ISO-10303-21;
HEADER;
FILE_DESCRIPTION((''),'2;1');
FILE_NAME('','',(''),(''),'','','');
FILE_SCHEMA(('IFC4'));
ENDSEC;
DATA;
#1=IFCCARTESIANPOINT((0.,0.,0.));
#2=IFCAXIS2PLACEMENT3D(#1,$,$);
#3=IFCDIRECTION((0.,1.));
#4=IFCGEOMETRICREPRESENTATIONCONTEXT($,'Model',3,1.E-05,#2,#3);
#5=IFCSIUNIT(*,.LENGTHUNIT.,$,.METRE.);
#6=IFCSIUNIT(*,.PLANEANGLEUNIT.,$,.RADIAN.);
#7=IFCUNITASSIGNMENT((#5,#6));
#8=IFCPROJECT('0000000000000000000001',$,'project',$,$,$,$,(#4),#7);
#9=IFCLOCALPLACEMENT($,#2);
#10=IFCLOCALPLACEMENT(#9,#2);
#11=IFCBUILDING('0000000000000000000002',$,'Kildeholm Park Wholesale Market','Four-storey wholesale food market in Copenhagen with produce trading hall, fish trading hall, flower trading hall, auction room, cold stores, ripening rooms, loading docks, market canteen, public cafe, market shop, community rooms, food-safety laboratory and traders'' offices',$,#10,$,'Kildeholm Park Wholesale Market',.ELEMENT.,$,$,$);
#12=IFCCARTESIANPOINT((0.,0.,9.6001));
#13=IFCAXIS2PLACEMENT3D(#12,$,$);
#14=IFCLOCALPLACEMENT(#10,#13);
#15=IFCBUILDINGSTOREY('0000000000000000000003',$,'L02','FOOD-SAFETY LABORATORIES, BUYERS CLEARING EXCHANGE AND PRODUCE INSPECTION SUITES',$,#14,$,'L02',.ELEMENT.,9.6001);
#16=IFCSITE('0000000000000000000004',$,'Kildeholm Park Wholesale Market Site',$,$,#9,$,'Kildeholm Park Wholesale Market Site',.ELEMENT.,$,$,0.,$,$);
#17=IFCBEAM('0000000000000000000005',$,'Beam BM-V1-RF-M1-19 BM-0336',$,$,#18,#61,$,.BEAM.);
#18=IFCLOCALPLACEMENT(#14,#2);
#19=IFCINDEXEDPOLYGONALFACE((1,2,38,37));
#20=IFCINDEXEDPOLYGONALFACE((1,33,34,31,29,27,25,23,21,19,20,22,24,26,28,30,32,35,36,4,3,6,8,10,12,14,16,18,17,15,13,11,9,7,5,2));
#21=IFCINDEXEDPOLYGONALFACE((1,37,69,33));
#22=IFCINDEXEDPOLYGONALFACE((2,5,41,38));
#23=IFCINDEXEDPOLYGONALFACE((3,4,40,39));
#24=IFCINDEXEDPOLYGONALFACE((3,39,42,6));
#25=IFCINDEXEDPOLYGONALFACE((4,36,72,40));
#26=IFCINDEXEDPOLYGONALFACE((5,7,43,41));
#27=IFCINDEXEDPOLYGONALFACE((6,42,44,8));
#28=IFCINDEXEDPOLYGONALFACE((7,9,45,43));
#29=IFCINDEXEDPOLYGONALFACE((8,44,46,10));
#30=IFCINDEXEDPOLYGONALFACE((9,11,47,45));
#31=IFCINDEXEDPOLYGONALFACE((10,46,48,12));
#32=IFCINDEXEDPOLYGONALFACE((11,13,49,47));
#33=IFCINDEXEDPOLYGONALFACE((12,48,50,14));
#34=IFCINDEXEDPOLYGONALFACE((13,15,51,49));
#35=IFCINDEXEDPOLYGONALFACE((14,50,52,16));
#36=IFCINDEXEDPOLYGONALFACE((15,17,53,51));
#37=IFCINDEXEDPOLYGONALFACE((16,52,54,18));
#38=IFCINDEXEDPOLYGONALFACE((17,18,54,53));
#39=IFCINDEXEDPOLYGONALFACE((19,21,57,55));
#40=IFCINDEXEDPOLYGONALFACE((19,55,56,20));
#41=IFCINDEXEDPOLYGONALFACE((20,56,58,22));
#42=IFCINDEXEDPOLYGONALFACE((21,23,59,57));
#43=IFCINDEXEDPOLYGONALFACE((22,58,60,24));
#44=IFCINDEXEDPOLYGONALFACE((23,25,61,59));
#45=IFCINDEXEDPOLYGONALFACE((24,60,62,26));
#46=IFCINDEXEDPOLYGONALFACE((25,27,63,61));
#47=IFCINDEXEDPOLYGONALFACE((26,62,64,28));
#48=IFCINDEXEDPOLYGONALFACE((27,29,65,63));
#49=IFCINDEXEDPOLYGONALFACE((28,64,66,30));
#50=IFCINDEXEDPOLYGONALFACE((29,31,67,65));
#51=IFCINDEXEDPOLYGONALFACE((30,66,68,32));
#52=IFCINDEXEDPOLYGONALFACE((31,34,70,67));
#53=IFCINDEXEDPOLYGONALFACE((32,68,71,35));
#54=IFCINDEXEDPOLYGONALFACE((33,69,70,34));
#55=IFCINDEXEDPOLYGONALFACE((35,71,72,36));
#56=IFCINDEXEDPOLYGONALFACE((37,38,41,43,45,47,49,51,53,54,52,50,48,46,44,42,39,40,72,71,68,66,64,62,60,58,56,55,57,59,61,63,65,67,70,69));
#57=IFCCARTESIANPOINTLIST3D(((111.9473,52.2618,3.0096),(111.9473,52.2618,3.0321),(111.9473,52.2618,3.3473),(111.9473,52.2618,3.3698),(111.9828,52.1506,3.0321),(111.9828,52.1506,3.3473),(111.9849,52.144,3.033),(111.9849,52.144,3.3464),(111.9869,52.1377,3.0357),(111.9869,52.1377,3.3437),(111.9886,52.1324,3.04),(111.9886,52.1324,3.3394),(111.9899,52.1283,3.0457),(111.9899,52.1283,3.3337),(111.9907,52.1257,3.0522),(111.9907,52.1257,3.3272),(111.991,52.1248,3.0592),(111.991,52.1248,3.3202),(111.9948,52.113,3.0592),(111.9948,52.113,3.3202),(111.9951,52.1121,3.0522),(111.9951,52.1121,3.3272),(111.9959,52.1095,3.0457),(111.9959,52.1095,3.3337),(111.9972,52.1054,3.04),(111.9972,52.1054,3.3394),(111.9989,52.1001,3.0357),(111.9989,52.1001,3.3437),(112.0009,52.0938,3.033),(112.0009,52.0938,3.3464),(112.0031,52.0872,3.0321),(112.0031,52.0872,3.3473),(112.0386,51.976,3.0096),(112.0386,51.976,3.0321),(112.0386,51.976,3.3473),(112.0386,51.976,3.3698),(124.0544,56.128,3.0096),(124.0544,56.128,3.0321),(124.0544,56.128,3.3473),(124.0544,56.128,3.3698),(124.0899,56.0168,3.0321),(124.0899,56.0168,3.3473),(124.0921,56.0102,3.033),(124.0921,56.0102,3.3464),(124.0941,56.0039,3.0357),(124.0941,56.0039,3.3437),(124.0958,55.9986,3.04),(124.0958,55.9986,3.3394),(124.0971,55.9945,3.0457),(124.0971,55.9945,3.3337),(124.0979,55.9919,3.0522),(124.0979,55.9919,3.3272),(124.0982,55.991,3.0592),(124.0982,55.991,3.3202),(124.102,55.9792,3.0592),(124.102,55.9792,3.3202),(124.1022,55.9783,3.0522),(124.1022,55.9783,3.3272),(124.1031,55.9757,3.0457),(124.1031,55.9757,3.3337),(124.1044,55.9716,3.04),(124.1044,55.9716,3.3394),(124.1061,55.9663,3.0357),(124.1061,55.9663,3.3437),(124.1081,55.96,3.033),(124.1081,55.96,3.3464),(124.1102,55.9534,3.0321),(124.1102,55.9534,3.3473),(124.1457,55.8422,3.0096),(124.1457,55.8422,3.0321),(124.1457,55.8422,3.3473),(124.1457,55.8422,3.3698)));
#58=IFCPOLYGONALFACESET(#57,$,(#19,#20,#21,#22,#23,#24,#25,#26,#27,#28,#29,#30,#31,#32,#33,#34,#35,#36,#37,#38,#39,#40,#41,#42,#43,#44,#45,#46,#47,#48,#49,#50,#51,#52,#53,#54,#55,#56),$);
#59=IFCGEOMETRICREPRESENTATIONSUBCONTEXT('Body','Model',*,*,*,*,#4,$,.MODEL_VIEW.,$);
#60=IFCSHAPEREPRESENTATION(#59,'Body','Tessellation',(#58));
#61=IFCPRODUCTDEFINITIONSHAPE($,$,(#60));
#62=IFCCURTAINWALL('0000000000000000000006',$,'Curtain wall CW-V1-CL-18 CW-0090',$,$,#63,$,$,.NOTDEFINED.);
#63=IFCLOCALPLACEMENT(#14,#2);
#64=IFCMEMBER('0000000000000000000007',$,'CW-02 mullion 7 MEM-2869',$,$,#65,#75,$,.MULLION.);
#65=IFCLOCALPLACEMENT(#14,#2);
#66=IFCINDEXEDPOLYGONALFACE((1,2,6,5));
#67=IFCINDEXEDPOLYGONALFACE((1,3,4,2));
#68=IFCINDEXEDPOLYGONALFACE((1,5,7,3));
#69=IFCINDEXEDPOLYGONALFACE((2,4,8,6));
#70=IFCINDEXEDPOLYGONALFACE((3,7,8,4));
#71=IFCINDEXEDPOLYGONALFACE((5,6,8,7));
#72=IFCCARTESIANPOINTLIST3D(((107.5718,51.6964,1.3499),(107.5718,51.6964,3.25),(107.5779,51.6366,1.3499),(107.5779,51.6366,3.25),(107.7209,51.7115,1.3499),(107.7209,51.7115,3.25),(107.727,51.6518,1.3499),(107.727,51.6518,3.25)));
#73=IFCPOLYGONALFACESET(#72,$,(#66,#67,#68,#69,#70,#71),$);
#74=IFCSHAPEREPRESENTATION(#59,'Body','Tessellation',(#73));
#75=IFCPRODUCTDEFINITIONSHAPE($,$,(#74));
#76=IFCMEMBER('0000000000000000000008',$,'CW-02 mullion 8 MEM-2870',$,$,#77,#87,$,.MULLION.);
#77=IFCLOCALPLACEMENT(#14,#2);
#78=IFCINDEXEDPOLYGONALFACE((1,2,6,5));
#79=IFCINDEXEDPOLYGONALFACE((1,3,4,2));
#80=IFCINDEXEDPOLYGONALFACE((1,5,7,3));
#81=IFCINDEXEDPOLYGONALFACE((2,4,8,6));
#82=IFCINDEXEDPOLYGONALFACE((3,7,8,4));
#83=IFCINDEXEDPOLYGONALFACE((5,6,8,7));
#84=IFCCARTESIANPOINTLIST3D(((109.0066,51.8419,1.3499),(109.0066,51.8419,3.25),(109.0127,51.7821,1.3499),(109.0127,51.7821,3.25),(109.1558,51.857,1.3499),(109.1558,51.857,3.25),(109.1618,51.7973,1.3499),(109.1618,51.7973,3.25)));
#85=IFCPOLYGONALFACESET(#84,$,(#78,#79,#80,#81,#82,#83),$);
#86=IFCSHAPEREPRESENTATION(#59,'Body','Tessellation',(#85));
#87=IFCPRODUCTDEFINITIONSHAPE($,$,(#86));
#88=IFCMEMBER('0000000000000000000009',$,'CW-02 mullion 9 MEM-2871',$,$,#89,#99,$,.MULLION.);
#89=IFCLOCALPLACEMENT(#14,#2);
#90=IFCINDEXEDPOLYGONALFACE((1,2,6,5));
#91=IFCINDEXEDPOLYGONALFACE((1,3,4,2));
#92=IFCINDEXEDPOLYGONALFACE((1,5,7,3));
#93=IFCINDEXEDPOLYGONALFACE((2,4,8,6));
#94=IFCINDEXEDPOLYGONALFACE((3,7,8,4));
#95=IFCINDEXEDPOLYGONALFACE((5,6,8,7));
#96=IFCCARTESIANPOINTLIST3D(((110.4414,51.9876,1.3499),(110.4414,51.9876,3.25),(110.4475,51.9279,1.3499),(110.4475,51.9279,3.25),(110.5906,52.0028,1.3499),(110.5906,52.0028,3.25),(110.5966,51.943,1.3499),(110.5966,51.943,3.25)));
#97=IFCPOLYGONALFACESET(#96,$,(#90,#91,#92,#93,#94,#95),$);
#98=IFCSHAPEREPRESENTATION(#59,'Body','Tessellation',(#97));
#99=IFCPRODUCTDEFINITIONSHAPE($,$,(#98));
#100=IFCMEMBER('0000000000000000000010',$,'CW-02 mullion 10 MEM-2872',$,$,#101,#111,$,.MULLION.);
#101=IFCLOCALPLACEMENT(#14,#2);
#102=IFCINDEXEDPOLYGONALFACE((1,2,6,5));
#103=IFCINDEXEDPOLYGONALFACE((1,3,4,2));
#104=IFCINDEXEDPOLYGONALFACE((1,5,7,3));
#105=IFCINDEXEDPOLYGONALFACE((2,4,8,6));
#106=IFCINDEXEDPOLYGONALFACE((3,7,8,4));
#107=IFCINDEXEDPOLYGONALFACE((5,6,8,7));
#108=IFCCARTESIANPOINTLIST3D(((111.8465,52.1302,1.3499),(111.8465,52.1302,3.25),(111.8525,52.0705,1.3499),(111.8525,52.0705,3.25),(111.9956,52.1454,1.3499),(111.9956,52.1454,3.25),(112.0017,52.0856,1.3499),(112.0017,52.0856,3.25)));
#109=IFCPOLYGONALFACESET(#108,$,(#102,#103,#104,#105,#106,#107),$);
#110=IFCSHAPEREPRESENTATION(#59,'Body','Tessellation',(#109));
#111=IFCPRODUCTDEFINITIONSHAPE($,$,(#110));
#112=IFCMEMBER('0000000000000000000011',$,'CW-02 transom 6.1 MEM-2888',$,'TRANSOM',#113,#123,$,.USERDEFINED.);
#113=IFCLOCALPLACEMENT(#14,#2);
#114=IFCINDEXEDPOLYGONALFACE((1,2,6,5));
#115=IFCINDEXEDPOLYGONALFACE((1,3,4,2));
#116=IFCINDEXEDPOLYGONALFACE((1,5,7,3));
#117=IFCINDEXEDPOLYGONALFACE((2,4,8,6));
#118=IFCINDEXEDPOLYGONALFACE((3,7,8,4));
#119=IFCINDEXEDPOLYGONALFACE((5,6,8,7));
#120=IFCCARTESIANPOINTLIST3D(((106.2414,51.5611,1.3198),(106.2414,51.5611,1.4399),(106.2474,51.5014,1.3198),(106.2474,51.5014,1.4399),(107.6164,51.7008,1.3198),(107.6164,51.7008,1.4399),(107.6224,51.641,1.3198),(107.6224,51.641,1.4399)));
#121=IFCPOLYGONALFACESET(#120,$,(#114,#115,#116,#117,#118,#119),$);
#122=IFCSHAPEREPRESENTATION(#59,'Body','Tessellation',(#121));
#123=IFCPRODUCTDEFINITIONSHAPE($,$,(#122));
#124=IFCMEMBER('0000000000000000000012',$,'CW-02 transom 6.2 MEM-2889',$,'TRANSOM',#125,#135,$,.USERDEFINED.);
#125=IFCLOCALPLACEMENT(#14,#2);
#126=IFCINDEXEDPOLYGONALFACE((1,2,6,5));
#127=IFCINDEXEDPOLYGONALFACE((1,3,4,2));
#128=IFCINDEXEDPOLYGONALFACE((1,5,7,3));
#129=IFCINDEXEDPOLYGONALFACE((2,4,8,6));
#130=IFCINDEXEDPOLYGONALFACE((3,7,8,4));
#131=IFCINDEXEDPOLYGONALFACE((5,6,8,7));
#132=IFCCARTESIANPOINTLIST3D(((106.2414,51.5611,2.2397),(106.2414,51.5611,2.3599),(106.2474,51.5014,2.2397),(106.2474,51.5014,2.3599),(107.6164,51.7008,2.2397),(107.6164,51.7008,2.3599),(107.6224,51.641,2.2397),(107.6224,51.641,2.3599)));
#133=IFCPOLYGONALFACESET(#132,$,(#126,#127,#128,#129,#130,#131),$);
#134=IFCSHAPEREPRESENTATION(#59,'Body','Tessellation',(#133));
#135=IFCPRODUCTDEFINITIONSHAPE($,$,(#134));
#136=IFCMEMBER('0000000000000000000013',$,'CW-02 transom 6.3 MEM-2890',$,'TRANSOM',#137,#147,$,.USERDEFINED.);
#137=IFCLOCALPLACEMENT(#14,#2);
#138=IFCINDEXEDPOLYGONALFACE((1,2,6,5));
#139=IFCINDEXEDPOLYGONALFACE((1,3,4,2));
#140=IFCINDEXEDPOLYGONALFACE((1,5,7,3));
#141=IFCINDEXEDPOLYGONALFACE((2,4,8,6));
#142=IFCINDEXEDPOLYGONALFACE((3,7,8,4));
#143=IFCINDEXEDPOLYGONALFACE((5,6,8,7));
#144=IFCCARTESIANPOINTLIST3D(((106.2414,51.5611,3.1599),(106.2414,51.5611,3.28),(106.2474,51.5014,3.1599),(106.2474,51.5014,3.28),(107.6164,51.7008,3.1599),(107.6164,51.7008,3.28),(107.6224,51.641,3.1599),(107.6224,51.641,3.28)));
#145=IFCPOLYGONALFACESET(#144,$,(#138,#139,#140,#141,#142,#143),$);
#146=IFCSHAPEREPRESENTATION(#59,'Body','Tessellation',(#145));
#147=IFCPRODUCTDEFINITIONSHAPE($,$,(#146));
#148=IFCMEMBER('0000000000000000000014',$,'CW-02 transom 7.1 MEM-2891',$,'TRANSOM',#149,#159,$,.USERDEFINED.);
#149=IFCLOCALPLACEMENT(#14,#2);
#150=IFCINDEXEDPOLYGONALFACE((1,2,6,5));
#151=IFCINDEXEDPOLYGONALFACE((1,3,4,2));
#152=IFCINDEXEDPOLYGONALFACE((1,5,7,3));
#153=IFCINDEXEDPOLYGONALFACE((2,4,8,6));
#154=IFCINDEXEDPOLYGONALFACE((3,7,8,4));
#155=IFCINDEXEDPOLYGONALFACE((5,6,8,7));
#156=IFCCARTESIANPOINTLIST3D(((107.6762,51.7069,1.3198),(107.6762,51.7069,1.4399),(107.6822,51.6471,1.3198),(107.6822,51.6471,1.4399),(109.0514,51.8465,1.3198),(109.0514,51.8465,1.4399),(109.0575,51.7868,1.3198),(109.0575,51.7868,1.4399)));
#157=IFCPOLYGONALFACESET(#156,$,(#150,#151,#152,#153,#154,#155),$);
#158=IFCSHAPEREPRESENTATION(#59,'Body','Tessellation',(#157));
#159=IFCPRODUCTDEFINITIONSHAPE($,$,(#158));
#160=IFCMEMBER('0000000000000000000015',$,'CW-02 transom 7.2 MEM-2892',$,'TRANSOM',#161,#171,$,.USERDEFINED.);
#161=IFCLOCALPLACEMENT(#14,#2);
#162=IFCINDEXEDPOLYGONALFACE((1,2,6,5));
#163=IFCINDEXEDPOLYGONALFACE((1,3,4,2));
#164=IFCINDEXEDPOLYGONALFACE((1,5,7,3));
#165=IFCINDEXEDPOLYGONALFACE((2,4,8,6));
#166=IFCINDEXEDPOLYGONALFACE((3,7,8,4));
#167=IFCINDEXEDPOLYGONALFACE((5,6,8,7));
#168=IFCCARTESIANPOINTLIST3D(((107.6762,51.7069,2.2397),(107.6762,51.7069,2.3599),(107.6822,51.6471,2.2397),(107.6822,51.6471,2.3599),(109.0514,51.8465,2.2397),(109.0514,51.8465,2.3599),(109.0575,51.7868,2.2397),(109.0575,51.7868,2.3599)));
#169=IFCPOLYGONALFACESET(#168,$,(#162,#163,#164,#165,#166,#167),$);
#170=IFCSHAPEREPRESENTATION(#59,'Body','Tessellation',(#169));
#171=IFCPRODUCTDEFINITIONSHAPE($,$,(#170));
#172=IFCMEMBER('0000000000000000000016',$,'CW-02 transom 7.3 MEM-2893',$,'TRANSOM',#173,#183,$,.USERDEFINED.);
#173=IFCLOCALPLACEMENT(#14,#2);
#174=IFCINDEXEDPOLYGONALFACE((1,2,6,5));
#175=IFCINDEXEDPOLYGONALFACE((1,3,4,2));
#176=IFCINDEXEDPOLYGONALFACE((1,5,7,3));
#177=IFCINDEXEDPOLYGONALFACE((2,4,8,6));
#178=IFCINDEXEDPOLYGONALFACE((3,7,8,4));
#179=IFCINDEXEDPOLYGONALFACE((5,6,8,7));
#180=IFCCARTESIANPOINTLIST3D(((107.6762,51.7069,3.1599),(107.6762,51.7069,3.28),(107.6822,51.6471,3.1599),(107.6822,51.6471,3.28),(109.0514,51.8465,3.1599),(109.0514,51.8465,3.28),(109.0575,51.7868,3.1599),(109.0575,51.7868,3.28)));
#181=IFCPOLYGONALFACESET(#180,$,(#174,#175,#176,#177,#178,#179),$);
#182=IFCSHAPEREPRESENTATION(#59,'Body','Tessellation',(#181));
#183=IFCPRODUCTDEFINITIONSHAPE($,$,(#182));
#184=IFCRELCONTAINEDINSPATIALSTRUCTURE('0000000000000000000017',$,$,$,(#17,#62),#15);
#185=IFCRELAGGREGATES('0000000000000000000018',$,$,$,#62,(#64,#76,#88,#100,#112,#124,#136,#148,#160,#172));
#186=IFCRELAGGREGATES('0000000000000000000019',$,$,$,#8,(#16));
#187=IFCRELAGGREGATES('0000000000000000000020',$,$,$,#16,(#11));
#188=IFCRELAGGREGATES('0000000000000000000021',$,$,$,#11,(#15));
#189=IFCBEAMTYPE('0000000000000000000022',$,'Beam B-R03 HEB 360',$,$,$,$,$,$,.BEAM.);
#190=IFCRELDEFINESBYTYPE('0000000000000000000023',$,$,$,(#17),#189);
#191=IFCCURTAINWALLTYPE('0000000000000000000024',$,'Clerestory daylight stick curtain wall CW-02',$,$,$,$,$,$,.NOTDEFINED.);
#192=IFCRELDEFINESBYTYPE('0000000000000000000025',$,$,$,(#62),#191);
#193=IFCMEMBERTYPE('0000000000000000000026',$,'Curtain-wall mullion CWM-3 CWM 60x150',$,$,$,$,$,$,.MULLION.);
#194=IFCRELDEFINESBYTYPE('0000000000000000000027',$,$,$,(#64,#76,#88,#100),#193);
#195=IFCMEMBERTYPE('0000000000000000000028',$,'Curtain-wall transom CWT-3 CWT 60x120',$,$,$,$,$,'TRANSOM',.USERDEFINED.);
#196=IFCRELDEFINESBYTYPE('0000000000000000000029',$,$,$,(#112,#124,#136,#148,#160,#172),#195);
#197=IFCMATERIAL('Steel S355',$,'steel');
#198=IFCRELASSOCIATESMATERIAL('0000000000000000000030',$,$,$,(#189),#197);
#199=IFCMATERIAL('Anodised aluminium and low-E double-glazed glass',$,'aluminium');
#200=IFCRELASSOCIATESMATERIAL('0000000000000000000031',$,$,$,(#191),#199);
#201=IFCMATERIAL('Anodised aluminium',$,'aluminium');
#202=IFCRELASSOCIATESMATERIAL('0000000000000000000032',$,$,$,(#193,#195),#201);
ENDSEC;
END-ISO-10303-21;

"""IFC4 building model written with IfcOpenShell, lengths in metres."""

from ifc_helpers import new_model, si_unit, direction, frame, origin, origin_2d, place, context, subcontext, project, spatial, rectangle, i_section, extrude, material, material_profile, profile_set, type_object, element, aggregate, save


model = new_model("IFC4")

# Units and contexts
model_context = context("Model", 3, precision=1e-05, world=origin(), true_north=direction((0.0, 1.0)))
body_context = subcontext(model_context, "Body", "Model", "MODEL_VIEW")
ifc_project = project(units=[si_unit("LENGTHUNIT", "METRE"), si_unit("PLANEANGLEUNIT", "RADIAN")], contexts=[model_context])

# Site, building, storey
site_placement = place(None, origin())
site = spatial("IfcSite", under=ifc_project, at=site_placement, Name="Kildeholm Park Wholesale Market Site", LongName="Kildeholm Park Wholesale Market Site", CompositionType="ELEMENT", RefElevation=0.0)
building_placement = place(site_placement, origin())
building = spatial("IfcBuilding", under=site, at=building_placement, Name="Kildeholm Park Wholesale Market", Description="Four-storey wholesale food market in Copenhagen with produce trading hall, fish trading hall, flower trading hall, auction room, cold stores, ripening rooms, loading docks, market canteen, public cafe, market shop, community rooms, food-safety laboratory and traders' offices", LongName="Kildeholm Park Wholesale Market", CompositionType="ELEMENT")
storey_placement = place(building_placement, frame((0.0, 0.0, 9.6001)))
storey = spatial("IfcBuildingStorey", under=building, at=storey_placement, Name="L02", Description="FOOD-SAFETY LABORATORIES, BUYERS CLEARING EXCHANGE AND PRODUCE INSPECTION SUITES", LongName="L02", CompositionType="ELEMENT", Elevation=9.6001)

# Shared definitions
ifc_material_1 = material(Name="Steel S355", Category="steel")

# Beam
ifc_material_profile_1 = material_profile(ifc_material_1, i_section(OverallWidth=0.3, OverallDepth=0.3601, WebThickness=0.0125, FlangeThickness=0.0225, FilletRadius=0.0271, at=origin_2d()), Name="HEB 360")
ifc_profile_set_1 = profile_set([ifc_material_profile_1], Name="Steel S355")
beam_type_1 = type_object("IfcBeamType", Name="Beam B-R03 HEB 360", PredefinedType="BEAM", material=ifc_profile_set_1)
beam_1_placement = place(storey_placement, frame((111.9929, 52.1189, 3.1897), z_axis=(0.952609, 0.304199, 0.0), x_axis=(-0.304199, 0.952609, 0.0)))
element("IfcBeam", 1, at=beam_1_placement, inside=storey, type_object=beam_type_1, Name="Beam BM-V1-RF-M1-19 BM-0336", PredefinedType="BEAM", context=body_context, shape_type="SweptSolid", body=[
    extrude(i_section(OverallWidth=0.3, OverallDepth=0.3601, WebThickness=0.0125, FlangeThickness=0.0225, FilletRadius=0.0271, at=origin_2d()), origin(), (0.0, 0.0, 1.0), 12.7095),
])

# Curtain wall, members
ifc_material_2 = material(Name="Anodised aluminium and low-E double-glazed glass", Category="aluminium")
curtain_wall_type = type_object("IfcCurtainWallType", Name="Clerestory daylight stick curtain wall CW-02", PredefinedType="NOTDEFINED", material=ifc_material_2)
curtain_wall_placement = place(storey_placement, origin())
curtain_wall = element("IfcCurtainWall", 2, at=curtain_wall_placement, inside=storey, type_object=curtain_wall_type, Name="Curtain wall CW-V1-CL-18 CW-0090", PredefinedType="NOTDEFINED")
ifc_material_3 = material(Name="Anodised aluminium", Category="aluminium")
ifc_material_profile_2 = material_profile(ifc_material_3, rectangle(XDim=0.0601, YDim=0.1499, at=origin_2d()), Name="CWM 60x150")
ifc_profile_set_2 = profile_set([ifc_material_profile_2], Name="Anodised aluminium")
member_type_1 = type_object("IfcMemberType", Name="Curtain-wall mullion CWM-3 CWM 60x150", PredefinedType="MULLION", material=ifc_profile_set_2)
member_1_placement = place(storey_placement, frame((107.6494, 51.6741, 1.3499), z_axis=(0.0, 0.0, 1.0), x_axis=(-0.100999, 0.994887, 0.0)))
member_1 = element("IfcMember", 3, at=member_1_placement, type_object=member_type_1, Name="CW-02 mullion 7 MEM-2869", PredefinedType="MULLION", context=body_context, shape_type="SweptSolid", body=[
    extrude(rectangle(XDim=0.0601, YDim=0.1499, at=origin_2d()), origin(), (0.0, 0.0, 1.0), 1.9001),
])
member_2_placement = place(storey_placement, frame((109.0842, 51.8196, 1.3499), z_axis=(0.0, 0.0, 1.0), x_axis=(-0.100999, 0.994887, 0.0)))
member_2 = element("IfcMember", 4, at=member_2_placement, type_object=member_type_1, Name="CW-02 mullion 8 MEM-2870", PredefinedType="MULLION", context=body_context, shape_type="SweptSolid", body=[
    extrude(rectangle(XDim=0.0601, YDim=0.1499, at=origin_2d()), origin(), (0.0, 0.0, 1.0), 1.9001),
])
member_3_placement = place(storey_placement, frame((110.519, 51.9653, 1.3499), z_axis=(0.0, 0.0, 1.0), x_axis=(-0.100999, 0.994887, 0.0)))
member_3 = element("IfcMember", 5, at=member_3_placement, type_object=member_type_1, Name="CW-02 mullion 9 MEM-2871", PredefinedType="MULLION", context=body_context, shape_type="SweptSolid", body=[
    extrude(rectangle(XDim=0.0601, YDim=0.1499, at=origin_2d()), origin(), (0.0, 0.0, 1.0), 1.9001),
])
member_4_placement = place(storey_placement, frame((111.9241, 52.1079, 1.3499), z_axis=(0.0, 0.0, 1.0), x_axis=(-0.100999, 0.994887, 0.0)))
member_4 = element("IfcMember", 6, at=member_4_placement, type_object=member_type_1, Name="CW-02 mullion 10 MEM-2872", PredefinedType="MULLION", context=body_context, shape_type="SweptSolid", body=[
    extrude(rectangle(XDim=0.0601, YDim=0.1499, at=origin_2d()), origin(), (0.0, 0.0, 1.0), 1.9001),
])
ifc_material_profile_3 = material_profile(ifc_material_3, rectangle(XDim=0.0601, YDim=0.1201, at=origin_2d()), Name="CWT 60x120")
ifc_profile_set_3 = profile_set([ifc_material_profile_3], Name="Anodised aluminium")
member_type_2 = type_object("IfcMemberType", Name="Curtain-wall transom CWT-3 CWT 60x120", ElementType="TRANSOM", PredefinedType="USERDEFINED", material=ifc_profile_set_3)
member_5_placement = place(storey_placement, frame((106.2444, 51.5312, 1.3799), z_axis=(0.994882, 0.101043, 0.0), x_axis=(-0.101043, 0.994882, 0.0)))
member_5 = element("IfcMember", 7, at=member_5_placement, type_object=member_type_2, Name="CW-02 transom 6.1 MEM-2888", ObjectType="TRANSOM", PredefinedType="USERDEFINED", context=body_context, shape_type="SweptSolid", body=[
    extrude(rectangle(XDim=0.0601, YDim=0.1201, at=origin_2d()), origin(), (0.0, 0.0, 1.0), 1.3821),
])
member_6_placement = place(storey_placement, frame((106.2444, 51.5312, 2.2998), z_axis=(0.994882, 0.101043, 0.0), x_axis=(-0.101043, 0.994882, 0.0)))
member_6 = element("IfcMember", 8, at=member_6_placement, type_object=member_type_2, Name="CW-02 transom 6.2 MEM-2889", ObjectType="TRANSOM", PredefinedType="USERDEFINED", context=body_context, shape_type="SweptSolid", body=[
    extrude(rectangle(XDim=0.0601, YDim=0.1201, at=origin_2d()), origin(), (0.0, 0.0, 1.0), 1.3821),
])
member_7_placement = place(storey_placement, frame((106.2444, 51.5312, 3.22), z_axis=(0.994882, 0.101043, 0.0), x_axis=(-0.101043, 0.994882, 0.0)))
member_7 = element("IfcMember", 9, at=member_7_placement, type_object=member_type_2, Name="CW-02 transom 6.3 MEM-2890", ObjectType="TRANSOM", PredefinedType="USERDEFINED", context=body_context, shape_type="SweptSolid", body=[
    extrude(rectangle(XDim=0.0601, YDim=0.1201, at=origin_2d()), origin(), (0.0, 0.0, 1.0), 1.3821),
])
member_8_placement = place(storey_placement, frame((107.6792, 51.677, 1.3799), z_axis=(0.994884, 0.101025, 0.0), x_axis=(-0.101025, 0.994884, 0.0)))
member_8 = element("IfcMember", 10, at=member_8_placement, type_object=member_type_2, Name="CW-02 transom 7.1 MEM-2891", ObjectType="TRANSOM", PredefinedType="USERDEFINED", context=body_context, shape_type="SweptSolid", body=[
    extrude(rectangle(XDim=0.0601, YDim=0.1201, at=origin_2d()), origin(), (0.0, 0.0, 1.0), 1.3823),
])
member_9_placement = place(storey_placement, frame((107.6792, 51.677, 2.2998), z_axis=(0.994884, 0.101025, 0.0), x_axis=(-0.101025, 0.994884, 0.0)))
member_9 = element("IfcMember", 11, at=member_9_placement, type_object=member_type_2, Name="CW-02 transom 7.2 MEM-2892", ObjectType="TRANSOM", PredefinedType="USERDEFINED", context=body_context, shape_type="SweptSolid", body=[
    extrude(rectangle(XDim=0.0601, YDim=0.1201, at=origin_2d()), origin(), (0.0, 0.0, 1.0), 1.3823),
])
member_10_placement = place(storey_placement, frame((107.6792, 51.677, 3.22), z_axis=(0.994884, 0.101025, 0.0), x_axis=(-0.101025, 0.994884, 0.0)))
member_10 = element("IfcMember", 12, at=member_10_placement, type_object=member_type_2, Name="CW-02 transom 7.3 MEM-2893", ObjectType="TRANSOM", PredefinedType="USERDEFINED", context=body_context, shape_type="SweptSolid", body=[
    extrude(rectangle(XDim=0.0601, YDim=0.1201, at=origin_2d()), origin(), (0.0, 0.0, 1.0), 1.3823),
])
aggregate(curtain_wall, [member_1, member_2, member_3, member_4, member_5, member_6, member_7, member_8, member_9, member_10])

save(model, "model.ifc")
